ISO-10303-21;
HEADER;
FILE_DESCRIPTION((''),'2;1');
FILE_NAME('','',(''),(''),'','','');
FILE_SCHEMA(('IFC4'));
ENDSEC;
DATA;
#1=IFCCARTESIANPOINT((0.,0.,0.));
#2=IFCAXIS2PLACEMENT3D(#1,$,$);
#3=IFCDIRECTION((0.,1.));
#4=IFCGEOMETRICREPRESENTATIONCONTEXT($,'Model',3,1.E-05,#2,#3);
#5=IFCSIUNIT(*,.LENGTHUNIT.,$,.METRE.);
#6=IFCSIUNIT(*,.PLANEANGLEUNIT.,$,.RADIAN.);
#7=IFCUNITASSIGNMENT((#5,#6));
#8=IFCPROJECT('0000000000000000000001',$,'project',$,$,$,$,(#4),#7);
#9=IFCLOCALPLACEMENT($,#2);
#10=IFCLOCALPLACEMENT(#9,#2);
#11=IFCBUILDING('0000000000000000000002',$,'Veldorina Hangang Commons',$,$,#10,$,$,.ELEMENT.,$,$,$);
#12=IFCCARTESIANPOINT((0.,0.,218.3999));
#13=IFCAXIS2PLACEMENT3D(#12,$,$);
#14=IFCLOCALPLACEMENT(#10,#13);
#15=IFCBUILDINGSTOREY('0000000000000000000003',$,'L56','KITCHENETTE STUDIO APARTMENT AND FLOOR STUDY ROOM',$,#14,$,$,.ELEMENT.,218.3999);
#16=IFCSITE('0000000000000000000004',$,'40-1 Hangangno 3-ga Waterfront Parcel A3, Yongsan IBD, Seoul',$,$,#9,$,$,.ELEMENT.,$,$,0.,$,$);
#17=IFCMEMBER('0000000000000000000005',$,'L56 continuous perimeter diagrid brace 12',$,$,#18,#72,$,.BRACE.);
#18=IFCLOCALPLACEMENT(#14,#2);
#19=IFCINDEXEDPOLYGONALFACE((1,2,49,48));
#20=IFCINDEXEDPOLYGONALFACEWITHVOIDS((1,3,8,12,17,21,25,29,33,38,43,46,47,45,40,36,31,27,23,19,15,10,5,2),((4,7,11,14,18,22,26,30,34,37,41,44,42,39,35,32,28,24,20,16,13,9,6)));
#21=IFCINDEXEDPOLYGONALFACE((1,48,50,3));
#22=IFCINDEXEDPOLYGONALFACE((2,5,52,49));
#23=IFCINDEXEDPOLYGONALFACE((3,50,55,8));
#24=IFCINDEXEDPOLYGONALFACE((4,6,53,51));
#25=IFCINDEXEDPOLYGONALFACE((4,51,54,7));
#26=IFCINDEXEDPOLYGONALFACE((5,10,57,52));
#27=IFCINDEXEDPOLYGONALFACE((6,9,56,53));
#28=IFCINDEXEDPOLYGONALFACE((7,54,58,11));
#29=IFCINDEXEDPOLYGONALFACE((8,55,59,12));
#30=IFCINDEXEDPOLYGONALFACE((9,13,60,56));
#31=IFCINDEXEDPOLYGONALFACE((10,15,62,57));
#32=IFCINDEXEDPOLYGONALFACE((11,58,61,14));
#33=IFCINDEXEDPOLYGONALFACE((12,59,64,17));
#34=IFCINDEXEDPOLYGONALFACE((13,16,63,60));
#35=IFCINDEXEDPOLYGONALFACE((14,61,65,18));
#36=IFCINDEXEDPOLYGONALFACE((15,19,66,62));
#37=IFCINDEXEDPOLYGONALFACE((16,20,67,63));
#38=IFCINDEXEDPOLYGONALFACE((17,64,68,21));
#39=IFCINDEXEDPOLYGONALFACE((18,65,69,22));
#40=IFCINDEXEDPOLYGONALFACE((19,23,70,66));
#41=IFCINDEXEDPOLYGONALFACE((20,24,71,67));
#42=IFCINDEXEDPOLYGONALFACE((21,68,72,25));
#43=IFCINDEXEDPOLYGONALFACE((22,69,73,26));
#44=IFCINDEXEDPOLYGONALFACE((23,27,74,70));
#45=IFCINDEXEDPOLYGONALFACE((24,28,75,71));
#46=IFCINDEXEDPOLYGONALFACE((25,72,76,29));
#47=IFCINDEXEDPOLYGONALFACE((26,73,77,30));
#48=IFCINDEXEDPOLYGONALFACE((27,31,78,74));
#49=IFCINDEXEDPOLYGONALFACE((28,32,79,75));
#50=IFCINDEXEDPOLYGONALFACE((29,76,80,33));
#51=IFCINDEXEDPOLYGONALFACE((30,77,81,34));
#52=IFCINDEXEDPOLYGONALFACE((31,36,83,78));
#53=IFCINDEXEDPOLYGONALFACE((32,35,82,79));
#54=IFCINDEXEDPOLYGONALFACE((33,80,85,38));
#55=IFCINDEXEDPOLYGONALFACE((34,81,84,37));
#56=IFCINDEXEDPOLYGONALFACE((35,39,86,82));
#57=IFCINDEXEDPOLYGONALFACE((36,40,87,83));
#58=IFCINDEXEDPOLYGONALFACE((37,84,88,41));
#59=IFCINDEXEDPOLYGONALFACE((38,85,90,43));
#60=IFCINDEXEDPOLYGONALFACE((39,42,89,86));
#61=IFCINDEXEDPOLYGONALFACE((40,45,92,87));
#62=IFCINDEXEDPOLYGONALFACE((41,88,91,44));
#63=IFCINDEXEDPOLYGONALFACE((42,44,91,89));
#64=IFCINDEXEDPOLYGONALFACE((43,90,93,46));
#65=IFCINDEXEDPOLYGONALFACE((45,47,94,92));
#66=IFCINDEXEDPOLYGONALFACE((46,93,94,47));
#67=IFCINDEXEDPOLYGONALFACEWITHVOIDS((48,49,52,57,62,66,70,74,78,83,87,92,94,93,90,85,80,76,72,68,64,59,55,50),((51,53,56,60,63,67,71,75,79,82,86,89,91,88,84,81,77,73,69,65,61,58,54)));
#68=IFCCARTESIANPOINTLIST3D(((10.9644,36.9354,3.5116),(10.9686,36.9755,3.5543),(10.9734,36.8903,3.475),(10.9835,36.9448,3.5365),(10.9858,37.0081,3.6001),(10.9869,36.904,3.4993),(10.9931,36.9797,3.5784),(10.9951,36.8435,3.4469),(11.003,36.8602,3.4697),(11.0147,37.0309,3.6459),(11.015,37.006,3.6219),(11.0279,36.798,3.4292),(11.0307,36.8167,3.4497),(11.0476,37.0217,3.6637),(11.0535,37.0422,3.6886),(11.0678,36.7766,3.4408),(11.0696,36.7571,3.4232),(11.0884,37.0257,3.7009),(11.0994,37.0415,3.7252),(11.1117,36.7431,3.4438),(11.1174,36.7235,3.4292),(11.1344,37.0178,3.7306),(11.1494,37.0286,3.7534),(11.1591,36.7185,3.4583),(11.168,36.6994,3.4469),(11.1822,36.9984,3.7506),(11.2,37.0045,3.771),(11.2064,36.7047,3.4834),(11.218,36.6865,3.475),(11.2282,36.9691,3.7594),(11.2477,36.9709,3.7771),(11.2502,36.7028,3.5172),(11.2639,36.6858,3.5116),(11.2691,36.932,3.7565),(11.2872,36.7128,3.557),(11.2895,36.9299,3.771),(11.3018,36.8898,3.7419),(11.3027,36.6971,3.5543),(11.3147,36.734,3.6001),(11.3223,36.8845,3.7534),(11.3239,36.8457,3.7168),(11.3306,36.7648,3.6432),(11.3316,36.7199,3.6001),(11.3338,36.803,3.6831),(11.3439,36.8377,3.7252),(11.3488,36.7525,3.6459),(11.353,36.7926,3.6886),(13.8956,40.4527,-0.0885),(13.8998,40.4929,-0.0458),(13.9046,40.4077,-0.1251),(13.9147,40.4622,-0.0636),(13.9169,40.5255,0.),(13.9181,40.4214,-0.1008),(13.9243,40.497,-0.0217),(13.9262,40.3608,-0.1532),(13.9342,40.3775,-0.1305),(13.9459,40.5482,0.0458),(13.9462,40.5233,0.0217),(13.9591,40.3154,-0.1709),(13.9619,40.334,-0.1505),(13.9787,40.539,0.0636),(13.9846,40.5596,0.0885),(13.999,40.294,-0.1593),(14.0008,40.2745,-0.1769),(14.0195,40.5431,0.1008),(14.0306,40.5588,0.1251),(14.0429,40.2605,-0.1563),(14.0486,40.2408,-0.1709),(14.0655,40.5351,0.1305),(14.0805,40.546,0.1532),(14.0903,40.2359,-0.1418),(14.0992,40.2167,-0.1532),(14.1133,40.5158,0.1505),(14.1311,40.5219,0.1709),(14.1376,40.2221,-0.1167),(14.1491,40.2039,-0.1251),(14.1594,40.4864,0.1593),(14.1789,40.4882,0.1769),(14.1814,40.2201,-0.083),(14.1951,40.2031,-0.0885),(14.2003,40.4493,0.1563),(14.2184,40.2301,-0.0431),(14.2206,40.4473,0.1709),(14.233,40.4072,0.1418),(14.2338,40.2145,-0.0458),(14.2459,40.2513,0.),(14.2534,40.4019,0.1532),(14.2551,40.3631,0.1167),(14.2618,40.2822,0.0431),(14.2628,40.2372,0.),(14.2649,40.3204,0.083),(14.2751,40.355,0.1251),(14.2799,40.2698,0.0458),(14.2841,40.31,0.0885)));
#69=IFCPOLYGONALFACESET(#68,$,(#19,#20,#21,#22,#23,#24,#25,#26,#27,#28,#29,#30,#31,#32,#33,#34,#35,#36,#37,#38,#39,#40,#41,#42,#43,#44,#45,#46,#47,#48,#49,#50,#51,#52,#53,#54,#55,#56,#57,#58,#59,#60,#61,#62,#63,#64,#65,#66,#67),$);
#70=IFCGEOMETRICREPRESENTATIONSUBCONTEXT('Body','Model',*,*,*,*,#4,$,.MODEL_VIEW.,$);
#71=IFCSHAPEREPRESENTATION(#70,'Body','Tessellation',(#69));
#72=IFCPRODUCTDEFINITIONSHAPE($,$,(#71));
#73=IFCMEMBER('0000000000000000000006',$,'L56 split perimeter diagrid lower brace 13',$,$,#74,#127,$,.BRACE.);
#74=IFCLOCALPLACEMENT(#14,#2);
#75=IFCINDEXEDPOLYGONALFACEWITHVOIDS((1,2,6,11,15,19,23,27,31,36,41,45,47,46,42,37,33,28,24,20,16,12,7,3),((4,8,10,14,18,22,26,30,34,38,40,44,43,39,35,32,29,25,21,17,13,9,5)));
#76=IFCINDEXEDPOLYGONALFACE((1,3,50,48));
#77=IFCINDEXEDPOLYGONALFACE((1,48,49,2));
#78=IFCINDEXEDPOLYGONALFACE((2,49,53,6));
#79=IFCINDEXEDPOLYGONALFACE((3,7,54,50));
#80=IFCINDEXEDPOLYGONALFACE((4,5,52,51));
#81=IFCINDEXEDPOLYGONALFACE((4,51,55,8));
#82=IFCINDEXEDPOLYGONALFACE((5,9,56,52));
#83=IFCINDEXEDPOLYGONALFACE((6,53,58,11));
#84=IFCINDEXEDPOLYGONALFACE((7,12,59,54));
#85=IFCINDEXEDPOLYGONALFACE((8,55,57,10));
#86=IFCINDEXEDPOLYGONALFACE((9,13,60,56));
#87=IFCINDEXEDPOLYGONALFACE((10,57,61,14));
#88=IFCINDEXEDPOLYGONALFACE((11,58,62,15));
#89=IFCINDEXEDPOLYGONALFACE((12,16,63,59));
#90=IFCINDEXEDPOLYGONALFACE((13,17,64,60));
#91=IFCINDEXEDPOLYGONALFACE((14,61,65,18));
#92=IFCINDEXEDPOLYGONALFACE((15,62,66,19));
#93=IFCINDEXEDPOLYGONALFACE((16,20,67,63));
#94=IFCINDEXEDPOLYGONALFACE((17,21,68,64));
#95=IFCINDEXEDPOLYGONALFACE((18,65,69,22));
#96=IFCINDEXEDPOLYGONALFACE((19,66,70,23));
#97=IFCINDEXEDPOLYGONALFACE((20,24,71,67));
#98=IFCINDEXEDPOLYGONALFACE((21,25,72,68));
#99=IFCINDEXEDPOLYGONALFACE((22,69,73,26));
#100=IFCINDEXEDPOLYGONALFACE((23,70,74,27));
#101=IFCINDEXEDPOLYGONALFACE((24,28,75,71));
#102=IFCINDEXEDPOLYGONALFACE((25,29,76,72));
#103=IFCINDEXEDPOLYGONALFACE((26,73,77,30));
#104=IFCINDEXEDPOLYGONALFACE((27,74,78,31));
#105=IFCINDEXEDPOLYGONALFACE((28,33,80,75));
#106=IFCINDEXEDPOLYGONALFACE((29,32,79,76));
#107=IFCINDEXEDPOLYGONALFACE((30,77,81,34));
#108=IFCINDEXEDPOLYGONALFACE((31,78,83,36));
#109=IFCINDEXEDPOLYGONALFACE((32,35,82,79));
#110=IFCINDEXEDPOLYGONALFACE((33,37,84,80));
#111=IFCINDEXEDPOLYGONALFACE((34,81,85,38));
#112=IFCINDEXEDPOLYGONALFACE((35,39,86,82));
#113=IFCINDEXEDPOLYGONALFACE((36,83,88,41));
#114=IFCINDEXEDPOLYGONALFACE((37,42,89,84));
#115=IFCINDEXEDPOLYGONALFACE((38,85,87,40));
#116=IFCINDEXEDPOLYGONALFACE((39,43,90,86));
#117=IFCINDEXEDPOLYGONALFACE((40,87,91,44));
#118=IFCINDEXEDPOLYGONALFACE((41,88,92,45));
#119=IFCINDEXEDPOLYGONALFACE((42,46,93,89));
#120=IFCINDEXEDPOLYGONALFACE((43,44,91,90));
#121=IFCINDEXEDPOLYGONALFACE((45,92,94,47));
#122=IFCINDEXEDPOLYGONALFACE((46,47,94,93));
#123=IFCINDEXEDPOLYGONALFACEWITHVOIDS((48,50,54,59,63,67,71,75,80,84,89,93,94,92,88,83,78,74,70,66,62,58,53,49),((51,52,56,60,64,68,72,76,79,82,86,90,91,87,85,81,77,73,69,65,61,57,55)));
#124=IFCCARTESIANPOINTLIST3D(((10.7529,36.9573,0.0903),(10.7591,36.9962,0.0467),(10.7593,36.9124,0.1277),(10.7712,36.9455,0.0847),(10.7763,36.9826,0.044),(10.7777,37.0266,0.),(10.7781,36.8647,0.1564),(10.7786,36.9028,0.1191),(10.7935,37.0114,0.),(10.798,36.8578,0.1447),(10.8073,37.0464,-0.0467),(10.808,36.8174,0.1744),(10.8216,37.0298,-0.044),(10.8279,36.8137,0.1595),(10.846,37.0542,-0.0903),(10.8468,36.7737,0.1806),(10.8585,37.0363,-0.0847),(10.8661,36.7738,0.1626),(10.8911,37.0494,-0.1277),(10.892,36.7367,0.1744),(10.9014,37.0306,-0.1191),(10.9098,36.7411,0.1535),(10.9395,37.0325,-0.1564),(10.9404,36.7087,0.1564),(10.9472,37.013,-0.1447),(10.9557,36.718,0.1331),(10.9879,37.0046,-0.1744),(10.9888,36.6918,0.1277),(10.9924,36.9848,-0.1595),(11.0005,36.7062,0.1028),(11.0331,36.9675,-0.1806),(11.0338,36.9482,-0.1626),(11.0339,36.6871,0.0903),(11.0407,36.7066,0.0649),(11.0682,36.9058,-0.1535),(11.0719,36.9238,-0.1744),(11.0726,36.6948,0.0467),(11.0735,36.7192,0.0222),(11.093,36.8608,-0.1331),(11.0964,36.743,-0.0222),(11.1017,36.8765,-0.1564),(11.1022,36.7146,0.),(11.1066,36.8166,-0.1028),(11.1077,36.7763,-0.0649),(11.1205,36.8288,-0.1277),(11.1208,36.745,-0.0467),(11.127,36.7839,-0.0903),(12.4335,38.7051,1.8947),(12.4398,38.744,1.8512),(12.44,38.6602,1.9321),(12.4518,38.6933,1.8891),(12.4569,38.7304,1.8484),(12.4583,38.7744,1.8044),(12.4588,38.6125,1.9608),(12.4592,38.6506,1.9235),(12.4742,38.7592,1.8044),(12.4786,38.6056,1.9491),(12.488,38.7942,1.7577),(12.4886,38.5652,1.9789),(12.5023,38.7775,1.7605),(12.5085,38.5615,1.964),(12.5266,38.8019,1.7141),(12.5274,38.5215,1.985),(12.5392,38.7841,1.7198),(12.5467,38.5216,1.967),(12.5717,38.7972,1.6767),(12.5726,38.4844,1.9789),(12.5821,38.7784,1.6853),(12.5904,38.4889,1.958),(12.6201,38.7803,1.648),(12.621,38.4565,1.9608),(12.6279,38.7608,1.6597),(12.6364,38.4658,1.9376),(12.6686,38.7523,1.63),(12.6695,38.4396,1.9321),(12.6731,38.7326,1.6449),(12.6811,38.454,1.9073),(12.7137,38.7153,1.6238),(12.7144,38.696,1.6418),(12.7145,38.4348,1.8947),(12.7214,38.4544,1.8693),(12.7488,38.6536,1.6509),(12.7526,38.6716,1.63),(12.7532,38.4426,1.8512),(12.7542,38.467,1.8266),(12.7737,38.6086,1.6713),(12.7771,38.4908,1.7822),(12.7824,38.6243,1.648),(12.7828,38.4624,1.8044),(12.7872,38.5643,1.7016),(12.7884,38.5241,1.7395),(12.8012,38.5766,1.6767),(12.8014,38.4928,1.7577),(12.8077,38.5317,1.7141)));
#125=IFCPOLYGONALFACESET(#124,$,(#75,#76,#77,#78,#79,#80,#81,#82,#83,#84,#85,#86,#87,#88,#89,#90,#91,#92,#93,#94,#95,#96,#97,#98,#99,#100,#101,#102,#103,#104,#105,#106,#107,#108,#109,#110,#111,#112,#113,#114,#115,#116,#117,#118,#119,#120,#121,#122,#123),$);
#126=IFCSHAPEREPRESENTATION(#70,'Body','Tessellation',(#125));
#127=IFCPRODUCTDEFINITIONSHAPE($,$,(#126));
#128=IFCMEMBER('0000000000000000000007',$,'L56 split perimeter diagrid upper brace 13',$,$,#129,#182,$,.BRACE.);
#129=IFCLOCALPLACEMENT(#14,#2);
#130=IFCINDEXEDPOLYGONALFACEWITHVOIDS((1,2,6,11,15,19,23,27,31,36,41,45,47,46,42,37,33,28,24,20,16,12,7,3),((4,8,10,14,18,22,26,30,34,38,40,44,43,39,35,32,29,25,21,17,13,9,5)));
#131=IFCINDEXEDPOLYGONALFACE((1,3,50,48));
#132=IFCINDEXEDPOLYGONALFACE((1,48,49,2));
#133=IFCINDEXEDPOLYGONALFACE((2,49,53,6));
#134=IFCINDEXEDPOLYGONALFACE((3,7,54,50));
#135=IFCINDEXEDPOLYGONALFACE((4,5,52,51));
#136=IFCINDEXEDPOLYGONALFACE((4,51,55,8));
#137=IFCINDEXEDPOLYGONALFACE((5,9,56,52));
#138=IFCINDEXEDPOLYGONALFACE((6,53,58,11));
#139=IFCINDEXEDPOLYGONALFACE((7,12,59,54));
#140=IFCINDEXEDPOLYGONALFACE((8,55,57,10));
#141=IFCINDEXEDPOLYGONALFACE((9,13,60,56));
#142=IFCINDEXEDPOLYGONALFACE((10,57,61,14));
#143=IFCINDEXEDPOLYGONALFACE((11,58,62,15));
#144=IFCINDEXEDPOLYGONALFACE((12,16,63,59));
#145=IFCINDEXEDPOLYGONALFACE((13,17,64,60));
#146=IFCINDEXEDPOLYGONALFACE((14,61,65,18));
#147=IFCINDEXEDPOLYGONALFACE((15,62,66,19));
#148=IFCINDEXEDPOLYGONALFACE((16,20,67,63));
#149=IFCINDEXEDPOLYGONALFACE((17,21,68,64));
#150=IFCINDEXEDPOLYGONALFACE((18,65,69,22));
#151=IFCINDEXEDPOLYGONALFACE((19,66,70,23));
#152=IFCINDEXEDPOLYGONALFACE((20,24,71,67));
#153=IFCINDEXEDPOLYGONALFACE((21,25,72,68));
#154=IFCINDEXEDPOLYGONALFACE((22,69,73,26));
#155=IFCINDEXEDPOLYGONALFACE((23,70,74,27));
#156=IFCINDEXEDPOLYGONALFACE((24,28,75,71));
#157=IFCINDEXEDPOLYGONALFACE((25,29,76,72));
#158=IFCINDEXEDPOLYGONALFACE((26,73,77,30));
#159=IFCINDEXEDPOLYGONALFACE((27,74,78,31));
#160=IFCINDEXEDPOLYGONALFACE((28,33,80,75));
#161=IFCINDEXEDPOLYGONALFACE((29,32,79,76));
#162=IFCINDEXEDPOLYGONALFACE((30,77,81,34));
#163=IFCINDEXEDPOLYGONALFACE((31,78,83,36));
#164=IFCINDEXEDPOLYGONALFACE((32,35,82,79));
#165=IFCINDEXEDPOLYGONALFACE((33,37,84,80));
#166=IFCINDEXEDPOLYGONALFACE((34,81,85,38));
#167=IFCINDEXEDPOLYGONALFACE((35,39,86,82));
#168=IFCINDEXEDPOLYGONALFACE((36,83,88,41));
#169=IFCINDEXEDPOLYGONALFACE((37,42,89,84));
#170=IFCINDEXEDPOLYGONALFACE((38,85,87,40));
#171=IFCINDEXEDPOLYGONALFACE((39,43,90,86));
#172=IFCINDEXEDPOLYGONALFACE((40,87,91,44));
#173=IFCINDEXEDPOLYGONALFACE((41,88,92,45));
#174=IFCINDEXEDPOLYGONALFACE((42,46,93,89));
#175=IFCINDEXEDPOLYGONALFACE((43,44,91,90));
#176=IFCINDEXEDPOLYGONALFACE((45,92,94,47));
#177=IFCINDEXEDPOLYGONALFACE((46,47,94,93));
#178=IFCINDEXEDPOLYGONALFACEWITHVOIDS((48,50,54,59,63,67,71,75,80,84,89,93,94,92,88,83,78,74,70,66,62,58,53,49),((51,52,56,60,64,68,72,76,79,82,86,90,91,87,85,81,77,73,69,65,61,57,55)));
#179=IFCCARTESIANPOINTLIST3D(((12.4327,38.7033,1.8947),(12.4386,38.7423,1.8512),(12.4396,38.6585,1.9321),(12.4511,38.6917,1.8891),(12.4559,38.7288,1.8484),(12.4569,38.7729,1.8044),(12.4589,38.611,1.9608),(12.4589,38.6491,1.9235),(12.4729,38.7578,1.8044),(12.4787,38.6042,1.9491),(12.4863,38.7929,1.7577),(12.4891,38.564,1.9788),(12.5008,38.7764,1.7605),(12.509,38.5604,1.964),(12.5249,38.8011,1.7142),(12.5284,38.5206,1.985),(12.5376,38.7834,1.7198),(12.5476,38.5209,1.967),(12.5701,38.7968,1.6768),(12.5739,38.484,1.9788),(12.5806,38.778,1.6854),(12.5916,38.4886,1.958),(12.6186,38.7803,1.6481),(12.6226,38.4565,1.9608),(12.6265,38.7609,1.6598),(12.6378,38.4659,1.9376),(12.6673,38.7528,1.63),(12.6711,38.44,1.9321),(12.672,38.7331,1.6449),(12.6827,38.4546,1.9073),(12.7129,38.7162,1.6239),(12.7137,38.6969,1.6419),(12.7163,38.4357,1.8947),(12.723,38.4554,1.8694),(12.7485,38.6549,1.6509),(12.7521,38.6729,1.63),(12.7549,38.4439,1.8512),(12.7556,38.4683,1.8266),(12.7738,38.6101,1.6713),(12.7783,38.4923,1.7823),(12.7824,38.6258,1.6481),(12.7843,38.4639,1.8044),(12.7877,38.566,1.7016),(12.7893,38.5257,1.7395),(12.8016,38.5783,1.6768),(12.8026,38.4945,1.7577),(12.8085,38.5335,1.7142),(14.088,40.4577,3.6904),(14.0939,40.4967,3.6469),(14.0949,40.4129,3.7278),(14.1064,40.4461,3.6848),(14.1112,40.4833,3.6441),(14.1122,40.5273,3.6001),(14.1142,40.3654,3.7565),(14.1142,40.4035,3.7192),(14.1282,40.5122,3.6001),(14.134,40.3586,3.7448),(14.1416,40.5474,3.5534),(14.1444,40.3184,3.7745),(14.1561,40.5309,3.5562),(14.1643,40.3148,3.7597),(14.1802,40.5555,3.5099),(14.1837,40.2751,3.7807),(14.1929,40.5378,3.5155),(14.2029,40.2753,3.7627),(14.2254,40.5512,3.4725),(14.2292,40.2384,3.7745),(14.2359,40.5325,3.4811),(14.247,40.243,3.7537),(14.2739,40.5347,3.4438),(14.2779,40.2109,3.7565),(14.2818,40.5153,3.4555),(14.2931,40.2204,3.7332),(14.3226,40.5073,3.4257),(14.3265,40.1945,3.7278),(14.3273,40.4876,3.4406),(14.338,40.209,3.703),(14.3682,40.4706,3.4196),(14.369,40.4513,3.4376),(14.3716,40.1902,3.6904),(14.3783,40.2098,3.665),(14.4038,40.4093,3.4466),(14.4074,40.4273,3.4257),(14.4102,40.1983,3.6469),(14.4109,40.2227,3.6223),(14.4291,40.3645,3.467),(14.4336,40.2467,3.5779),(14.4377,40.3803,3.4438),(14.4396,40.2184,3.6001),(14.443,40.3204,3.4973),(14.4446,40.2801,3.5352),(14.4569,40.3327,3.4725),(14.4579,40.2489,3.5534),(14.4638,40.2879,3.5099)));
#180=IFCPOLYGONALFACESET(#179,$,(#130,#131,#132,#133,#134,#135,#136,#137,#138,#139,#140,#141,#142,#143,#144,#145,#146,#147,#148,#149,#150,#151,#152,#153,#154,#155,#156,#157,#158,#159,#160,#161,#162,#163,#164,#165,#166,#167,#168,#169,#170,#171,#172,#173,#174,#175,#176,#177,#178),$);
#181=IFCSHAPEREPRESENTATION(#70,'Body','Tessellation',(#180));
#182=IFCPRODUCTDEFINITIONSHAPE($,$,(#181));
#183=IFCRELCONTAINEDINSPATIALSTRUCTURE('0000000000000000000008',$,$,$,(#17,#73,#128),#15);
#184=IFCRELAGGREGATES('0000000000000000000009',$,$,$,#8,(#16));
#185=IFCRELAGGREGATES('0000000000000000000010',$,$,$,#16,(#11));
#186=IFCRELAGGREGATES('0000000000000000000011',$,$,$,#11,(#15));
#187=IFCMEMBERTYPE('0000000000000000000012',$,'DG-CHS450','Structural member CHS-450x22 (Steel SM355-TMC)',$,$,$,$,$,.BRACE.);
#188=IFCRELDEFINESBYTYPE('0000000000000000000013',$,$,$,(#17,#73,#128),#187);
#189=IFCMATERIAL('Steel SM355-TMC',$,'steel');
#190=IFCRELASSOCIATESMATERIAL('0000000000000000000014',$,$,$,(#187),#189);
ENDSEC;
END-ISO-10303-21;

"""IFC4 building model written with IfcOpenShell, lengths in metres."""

from ifc_helpers import new_model, si_unit, direction, frame, origin, origin_2d, place, context, subcontext, project, spatial, hollow_circle, extrude, material, material_profile, profile_set, type_object, element, save


model = new_model("IFC4")

# Units and contexts
model_context = context("Model", 3, precision=1e-05, world=origin(), true_north=direction((0.0, 1.0)))
body_context = subcontext(model_context, "Body", "Model", "MODEL_VIEW")
ifc_project = project(units=[si_unit("LENGTHUNIT", "METRE"), si_unit("PLANEANGLEUNIT", "RADIAN")], contexts=[model_context])

# Site, building, storey
site_placement = place(None, origin())
site = spatial("IfcSite", under=ifc_project, at=site_placement, Name="40-1 Hangangno 3-ga Waterfront Parcel A3, Yongsan IBD, Seoul", CompositionType="ELEMENT", RefElevation=0.0)
building_placement = place(site_placement, origin())
building = spatial("IfcBuilding", under=site, at=building_placement, Name="Veldorina Hangang Commons", CompositionType="ELEMENT")
storey_placement = place(building_placement, frame((0.0, 0.0, 218.3999)))
storey = spatial("IfcBuildingStorey", under=building, at=storey_placement, Name="L56", Description="KITCHENETTE STUDIO APARTMENT AND FLOOR STUDY ROOM", CompositionType="ELEMENT", Elevation=218.3999)

# Shared definitions
ifc_material_1 = material(Name="Steel SM355-TMC", Category="steel")

# Members
ifc_material_profile_1 = material_profile(ifc_material_1, hollow_circle(Radius=0.2251, WallThickness=0.022, at=origin_2d()), Name="CHS-450x22")
ifc_profile_set_1 = profile_set([ifc_material_profile_1], Name="Steel SM355-TMC")
member_type_1 = type_object("IfcMemberType", Name="DG-CHS450", Description="Structural member CHS-450x22 (Steel SM355-TMC)", PredefinedType="BRACE", material=ifc_profile_set_1)
member_1_placement = place(storey_placement, frame((14.0898, 40.3813, 0.0), z_axis=(-0.503251, -0.603893, 0.618103), x_axis=(0.768217, -0.64019, 0.0)))
element("IfcMember", 1, at=member_1_placement, inside=storey, type_object=member_type_1, Name="L56 continuous perimeter diagrid brace 12", PredefinedType="BRACE", context=body_context, shape_type="SweptSolid", body=[
    extrude(hollow_circle(Radius=0.2251, WallThickness=0.022, at=origin_2d()), origin(), (0.0, 0.0, 1.0), 5.8245),
])
member_2_placement = place(storey_placement, frame((10.9399, 36.8706, 0.0), z_axis=(0.556052, 0.578265, 0.597005), x_axis=(-0.720816, 0.693127, 0.0)))
element("IfcMember", 2, at=member_2_placement, inside=storey, type_object=member_type_1, Name="L56 split perimeter diagrid lower brace 13", PredefinedType="BRACE", context=body_context, shape_type="SweptSolid", body=[
    extrude(hollow_circle(Radius=0.2251, WallThickness=0.022, at=origin_2d()), origin(), (0.0, 0.0, 1.0), 3.0225),
])
member_3_placement = place(storey_placement, frame((12.6206, 38.6184, 1.8044), z_axis=(0.550469, 0.583432, 0.597153), x_axis=(-0.727356, 0.686261, 0.0)))
element("IfcMember", 3, at=member_3_placement, inside=storey, type_object=member_type_1, Name="L56 split perimeter diagrid upper brace 13", PredefinedType="BRACE", context=body_context, shape_type="SweptSolid", body=[
    extrude(hollow_circle(Radius=0.2251, WallThickness=0.022, at=origin_2d()), origin(), (0.0, 0.0, 1.0), 3.0071),
])

save(model, "model.ifc")
